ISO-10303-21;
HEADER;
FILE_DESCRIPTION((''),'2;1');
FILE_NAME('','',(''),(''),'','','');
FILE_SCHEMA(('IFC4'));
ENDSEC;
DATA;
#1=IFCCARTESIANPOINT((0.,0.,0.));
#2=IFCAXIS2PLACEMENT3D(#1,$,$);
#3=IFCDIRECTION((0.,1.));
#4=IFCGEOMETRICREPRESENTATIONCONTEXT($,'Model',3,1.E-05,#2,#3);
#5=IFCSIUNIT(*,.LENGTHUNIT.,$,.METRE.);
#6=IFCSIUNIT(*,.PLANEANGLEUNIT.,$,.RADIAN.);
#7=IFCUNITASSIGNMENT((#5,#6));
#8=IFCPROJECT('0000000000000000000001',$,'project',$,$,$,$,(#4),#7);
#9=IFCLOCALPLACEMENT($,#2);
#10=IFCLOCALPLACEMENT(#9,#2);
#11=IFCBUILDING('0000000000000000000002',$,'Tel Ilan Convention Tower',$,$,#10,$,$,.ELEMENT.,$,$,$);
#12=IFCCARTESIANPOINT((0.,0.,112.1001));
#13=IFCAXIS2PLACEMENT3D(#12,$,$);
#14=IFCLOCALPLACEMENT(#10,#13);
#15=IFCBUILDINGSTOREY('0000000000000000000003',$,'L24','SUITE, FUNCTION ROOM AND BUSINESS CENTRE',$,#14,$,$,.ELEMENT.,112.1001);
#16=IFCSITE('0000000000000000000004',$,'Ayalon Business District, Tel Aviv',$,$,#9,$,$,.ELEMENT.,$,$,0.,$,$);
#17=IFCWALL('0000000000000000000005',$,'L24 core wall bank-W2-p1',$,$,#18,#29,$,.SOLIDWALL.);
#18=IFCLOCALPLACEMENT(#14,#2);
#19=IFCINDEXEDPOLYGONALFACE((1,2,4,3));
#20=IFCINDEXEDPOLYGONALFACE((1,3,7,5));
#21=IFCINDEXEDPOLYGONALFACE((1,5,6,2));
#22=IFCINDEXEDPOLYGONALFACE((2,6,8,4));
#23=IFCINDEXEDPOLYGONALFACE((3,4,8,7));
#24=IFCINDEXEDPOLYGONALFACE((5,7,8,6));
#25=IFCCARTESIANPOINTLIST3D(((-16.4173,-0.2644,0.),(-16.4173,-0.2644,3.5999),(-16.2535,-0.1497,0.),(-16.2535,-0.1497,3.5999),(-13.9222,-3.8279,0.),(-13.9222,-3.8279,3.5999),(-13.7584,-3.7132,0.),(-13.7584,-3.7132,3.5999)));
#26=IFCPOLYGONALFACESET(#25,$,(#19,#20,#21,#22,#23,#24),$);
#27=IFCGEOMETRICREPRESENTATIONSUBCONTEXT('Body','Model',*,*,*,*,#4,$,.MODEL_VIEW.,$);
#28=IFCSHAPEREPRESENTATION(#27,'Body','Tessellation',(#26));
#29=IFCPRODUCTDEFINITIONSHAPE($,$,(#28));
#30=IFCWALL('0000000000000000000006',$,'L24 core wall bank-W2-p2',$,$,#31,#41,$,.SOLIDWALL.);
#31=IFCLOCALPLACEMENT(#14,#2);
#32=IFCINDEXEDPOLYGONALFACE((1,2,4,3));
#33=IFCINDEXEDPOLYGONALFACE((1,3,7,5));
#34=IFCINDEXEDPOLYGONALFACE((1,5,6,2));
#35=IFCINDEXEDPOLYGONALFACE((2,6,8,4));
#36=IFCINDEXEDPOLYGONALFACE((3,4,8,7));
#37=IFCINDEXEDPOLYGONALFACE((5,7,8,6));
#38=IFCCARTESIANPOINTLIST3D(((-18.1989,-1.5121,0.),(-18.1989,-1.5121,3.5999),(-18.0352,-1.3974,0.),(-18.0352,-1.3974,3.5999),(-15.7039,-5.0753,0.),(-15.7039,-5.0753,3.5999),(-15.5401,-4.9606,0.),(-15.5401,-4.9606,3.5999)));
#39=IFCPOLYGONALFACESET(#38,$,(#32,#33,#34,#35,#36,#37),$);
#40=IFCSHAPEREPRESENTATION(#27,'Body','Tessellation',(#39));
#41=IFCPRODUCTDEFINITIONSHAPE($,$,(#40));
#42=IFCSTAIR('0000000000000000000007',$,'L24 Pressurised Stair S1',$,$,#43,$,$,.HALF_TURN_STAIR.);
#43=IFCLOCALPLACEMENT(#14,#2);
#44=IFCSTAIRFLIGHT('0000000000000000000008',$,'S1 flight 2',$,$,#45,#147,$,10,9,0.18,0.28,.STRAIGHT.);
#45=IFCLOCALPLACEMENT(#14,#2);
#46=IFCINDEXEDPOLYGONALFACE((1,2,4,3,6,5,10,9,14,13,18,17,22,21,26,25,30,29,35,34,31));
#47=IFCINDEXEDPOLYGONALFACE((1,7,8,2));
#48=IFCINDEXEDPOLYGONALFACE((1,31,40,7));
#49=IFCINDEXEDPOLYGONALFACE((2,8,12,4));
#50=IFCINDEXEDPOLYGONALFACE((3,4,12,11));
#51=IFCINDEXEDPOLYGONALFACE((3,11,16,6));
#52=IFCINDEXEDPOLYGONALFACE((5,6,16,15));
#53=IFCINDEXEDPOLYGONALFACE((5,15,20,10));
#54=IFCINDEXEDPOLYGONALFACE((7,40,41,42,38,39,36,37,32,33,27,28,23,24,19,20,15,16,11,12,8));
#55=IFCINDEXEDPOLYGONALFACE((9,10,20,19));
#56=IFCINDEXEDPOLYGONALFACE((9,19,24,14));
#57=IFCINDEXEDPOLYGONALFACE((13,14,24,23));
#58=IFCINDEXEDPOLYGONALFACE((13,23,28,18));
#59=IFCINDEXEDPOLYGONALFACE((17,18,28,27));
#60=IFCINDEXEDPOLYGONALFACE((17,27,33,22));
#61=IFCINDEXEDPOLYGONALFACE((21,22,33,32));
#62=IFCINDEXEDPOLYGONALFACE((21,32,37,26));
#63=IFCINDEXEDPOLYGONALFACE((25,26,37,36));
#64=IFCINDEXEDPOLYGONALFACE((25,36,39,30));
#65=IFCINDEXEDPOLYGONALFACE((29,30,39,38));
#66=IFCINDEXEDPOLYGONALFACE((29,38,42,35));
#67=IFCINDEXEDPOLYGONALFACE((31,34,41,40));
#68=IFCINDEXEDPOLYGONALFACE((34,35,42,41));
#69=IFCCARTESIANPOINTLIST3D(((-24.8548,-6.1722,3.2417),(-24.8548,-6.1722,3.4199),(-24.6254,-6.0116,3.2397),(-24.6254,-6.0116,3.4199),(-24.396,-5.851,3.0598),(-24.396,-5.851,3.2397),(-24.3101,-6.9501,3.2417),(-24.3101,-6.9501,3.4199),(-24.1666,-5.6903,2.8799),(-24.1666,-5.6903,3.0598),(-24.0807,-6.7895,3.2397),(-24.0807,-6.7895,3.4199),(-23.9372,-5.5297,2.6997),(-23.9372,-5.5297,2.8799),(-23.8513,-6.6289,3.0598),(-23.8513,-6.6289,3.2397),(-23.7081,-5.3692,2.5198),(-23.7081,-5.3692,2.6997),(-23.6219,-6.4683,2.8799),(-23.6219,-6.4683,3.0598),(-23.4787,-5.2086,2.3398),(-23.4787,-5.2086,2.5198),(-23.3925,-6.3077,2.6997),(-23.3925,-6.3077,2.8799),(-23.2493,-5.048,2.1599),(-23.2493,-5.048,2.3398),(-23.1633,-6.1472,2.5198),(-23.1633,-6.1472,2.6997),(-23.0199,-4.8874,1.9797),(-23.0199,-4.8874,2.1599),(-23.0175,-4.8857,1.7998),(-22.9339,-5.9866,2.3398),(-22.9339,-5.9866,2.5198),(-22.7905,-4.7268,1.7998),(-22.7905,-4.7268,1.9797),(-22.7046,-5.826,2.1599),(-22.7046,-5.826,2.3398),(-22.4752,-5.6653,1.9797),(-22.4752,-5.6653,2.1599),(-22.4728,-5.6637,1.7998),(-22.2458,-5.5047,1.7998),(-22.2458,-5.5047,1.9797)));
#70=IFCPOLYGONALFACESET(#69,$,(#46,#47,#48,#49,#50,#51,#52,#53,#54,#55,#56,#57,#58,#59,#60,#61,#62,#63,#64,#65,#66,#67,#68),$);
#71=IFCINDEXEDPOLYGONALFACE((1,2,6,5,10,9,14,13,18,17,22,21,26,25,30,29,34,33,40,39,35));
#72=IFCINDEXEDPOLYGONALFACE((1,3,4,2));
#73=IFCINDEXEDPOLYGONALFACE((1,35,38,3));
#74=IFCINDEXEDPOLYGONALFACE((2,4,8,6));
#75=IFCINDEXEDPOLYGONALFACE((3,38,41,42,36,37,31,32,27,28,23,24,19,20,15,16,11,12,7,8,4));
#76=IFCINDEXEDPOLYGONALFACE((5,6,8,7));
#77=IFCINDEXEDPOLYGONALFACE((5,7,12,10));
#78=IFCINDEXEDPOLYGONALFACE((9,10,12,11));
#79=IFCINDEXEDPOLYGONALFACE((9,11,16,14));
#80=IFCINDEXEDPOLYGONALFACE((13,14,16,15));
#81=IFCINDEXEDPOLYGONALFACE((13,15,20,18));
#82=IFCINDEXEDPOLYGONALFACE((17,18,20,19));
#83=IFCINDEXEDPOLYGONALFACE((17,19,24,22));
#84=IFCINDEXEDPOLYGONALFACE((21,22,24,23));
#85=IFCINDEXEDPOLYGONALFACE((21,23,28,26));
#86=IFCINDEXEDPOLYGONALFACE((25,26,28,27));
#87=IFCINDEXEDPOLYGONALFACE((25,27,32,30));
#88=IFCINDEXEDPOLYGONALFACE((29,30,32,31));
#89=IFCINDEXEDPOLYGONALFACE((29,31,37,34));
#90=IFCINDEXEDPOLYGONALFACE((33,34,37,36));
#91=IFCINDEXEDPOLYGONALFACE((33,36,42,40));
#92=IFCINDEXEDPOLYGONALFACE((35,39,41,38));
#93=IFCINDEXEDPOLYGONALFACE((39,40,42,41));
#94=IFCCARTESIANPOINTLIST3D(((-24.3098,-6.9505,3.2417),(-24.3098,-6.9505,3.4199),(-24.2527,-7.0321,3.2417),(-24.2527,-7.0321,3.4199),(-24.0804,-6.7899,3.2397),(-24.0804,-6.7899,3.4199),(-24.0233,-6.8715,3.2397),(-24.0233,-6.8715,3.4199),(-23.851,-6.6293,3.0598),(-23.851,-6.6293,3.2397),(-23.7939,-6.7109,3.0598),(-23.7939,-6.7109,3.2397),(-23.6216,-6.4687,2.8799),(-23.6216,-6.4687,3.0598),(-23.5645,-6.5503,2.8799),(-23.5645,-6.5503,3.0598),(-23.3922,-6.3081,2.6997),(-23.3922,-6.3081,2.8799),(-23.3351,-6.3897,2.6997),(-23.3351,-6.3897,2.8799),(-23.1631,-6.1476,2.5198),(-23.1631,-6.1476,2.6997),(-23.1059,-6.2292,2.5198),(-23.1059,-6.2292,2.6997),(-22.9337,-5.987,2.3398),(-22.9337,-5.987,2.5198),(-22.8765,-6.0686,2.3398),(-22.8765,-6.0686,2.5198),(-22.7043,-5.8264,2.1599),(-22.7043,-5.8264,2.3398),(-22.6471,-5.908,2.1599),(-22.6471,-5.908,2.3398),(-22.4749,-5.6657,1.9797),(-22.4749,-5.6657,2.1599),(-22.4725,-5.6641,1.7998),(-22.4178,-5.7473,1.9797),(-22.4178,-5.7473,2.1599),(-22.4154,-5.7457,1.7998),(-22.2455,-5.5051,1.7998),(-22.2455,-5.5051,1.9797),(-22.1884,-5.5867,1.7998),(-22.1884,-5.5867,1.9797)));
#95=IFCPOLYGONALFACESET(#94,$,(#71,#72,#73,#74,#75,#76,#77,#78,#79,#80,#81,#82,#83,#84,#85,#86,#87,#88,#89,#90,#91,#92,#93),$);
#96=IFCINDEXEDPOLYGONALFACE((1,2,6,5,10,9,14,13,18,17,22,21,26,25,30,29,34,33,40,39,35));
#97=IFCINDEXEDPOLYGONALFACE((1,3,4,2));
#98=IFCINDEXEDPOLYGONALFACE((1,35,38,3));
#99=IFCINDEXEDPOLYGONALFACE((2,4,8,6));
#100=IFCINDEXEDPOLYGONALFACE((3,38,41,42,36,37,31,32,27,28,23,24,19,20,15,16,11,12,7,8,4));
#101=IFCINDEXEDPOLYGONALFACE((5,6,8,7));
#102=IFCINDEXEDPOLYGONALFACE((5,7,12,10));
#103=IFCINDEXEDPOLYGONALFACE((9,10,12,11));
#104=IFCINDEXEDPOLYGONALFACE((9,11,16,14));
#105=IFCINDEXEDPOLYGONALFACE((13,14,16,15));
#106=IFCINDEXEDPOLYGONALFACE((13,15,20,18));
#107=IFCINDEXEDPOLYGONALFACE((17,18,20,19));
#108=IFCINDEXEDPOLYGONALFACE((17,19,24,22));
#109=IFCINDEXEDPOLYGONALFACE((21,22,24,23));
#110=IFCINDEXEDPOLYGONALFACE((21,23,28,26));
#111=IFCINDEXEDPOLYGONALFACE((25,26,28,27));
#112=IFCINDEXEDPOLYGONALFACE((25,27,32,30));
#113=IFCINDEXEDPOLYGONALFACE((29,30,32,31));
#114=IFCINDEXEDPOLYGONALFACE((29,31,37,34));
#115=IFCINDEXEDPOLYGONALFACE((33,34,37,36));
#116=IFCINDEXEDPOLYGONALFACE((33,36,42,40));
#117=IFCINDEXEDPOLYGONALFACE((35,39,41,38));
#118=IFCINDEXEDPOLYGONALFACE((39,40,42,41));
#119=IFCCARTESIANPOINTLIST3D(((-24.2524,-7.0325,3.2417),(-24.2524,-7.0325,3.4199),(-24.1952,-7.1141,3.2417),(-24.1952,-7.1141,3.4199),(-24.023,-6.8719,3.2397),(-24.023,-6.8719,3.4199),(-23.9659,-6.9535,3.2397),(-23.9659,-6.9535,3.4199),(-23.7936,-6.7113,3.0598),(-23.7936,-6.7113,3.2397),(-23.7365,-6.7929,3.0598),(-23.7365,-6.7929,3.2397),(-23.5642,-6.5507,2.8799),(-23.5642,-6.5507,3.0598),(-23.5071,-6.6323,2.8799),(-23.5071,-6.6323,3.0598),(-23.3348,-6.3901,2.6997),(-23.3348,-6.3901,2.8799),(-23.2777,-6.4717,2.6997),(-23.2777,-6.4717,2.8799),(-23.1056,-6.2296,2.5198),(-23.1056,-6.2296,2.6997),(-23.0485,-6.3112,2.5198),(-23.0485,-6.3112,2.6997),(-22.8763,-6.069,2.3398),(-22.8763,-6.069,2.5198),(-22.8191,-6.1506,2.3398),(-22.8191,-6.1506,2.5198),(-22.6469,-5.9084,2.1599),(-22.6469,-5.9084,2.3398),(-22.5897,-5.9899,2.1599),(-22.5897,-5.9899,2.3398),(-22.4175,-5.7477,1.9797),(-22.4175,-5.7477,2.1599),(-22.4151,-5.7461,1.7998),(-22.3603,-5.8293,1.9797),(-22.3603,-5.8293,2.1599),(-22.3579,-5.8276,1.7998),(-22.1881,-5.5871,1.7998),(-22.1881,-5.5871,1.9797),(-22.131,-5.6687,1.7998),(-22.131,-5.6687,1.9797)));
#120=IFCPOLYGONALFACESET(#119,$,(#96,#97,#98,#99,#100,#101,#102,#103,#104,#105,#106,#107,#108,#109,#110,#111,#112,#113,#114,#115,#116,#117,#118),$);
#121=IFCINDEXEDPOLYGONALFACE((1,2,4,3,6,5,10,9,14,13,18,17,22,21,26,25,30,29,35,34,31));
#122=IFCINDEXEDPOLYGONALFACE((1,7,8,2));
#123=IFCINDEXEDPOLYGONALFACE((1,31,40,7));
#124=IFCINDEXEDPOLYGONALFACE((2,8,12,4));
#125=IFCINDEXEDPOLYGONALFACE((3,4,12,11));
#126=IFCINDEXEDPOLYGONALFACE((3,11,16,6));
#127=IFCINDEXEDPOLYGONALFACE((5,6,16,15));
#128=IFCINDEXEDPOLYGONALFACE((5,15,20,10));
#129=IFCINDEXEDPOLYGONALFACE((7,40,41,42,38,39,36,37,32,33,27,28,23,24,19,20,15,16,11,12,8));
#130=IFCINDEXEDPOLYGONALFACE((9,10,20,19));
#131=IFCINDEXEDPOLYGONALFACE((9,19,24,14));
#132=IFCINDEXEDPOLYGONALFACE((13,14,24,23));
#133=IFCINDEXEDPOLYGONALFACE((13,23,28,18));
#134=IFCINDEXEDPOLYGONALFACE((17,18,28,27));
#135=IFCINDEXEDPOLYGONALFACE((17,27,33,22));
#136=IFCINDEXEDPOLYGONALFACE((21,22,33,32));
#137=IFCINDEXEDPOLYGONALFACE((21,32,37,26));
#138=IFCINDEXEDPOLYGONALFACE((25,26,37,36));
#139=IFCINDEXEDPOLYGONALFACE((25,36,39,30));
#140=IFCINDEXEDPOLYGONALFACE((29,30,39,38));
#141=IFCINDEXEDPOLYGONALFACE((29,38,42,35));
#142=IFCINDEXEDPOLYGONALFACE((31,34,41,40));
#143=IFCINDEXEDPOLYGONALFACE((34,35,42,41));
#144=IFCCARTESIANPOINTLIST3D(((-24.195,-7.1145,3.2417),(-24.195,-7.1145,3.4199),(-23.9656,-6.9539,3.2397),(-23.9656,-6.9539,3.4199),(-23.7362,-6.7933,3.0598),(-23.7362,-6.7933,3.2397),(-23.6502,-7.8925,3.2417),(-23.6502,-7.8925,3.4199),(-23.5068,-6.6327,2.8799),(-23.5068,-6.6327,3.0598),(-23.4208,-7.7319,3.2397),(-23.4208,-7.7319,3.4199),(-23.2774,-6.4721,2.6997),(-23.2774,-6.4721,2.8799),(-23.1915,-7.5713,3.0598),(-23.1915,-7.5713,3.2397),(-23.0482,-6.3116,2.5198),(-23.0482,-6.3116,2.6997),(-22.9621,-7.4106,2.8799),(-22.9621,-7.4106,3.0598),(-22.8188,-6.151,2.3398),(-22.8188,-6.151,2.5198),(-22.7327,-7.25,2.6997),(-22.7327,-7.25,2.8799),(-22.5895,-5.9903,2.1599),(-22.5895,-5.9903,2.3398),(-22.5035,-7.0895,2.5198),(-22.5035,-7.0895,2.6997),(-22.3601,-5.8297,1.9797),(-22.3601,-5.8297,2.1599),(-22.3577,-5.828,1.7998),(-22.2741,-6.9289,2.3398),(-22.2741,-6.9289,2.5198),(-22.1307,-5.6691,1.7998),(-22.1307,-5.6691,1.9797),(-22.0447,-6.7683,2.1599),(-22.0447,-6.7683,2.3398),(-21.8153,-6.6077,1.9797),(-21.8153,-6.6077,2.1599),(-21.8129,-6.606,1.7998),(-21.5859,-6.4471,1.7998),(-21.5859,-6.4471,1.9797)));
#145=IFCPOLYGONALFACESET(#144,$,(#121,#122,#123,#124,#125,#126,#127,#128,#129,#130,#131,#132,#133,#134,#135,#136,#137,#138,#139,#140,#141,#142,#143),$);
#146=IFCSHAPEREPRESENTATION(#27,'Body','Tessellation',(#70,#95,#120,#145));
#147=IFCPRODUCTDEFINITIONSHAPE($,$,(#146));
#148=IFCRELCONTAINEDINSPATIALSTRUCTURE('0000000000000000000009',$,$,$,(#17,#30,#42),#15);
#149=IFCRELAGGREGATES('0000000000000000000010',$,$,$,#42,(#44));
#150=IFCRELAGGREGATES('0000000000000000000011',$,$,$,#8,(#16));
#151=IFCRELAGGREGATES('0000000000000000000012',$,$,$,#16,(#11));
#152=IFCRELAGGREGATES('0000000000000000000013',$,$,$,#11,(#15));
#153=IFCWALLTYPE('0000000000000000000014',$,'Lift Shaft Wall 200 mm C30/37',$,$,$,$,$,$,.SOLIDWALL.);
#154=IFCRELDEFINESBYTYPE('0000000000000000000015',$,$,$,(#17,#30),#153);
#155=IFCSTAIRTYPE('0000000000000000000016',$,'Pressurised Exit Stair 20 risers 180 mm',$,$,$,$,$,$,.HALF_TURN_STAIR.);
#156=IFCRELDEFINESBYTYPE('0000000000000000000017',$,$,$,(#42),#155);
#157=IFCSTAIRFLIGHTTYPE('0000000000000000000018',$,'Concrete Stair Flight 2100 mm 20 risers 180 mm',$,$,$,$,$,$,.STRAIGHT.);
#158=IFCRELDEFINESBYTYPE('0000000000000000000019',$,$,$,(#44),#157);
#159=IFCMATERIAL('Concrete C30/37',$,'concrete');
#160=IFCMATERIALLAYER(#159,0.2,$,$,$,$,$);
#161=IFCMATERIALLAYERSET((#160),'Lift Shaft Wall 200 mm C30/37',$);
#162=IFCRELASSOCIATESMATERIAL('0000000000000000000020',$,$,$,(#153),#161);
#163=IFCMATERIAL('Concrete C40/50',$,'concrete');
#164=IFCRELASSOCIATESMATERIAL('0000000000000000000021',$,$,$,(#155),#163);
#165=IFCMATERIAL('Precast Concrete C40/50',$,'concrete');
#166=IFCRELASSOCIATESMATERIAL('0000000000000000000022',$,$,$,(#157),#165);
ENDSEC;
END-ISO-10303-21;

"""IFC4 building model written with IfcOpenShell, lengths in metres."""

from ifc_helpers import new_model, si_unit, direction, frame, frame_2d, origin, place, context, subcontext, project, spatial, polyline, rectangle, outline, extrude, material, layer, layer_set, type_object, element, aggregate, save


model = new_model("IFC4")

# Units and contexts
model_context = context("Model", 3, precision=1e-05, world=origin(), true_north=direction((0.0, 1.0)))
body_context = subcontext(model_context, "Body", "Model", "MODEL_VIEW")
ifc_project = project(units=[si_unit("LENGTHUNIT", "METRE"), si_unit("PLANEANGLEUNIT", "RADIAN")], contexts=[model_context])

# Site, building, storey
site_placement = place(None, origin())
site = spatial("IfcSite", under=ifc_project, at=site_placement, Name="Ayalon Business District, Tel Aviv", CompositionType="ELEMENT", RefElevation=0.0)
building_placement = place(site_placement, origin())
building = spatial("IfcBuilding", under=site, at=building_placement, Name="Tel Ilan Convention Tower", CompositionType="ELEMENT")
storey_placement = place(building_placement, frame((0.0, 0.0, 112.1001)))
storey = spatial("IfcBuildingStorey", under=building, at=storey_placement, Name="L24", Description="SUITE, FUNCTION ROOM AND BUSINESS CENTRE", CompositionType="ELEMENT", Elevation=112.1001)

# Walls
ifc_material_1 = material(Name="Concrete C30/37", Category="concrete")
ifc_layer_1 = layer(ifc_material_1, 0.2)
ifc_layer_set_1 = layer_set([ifc_layer_1], Name="Lift Shaft Wall 200 mm C30/37")
wall_type_1 = type_object("IfcWallType", Name="Lift Shaft Wall 200 mm C30/37", PredefinedType="SOLIDWALL", material=ifc_layer_set_1)
wall_1_placement = place(storey_placement, frame((-13.8403, -3.7705, 0.0), z_axis=(0.0, 0.0, 1.0), x_axis=(-0.573568, 0.819158, 0.0)))
element("IfcWall", 1, at=wall_1_placement, inside=storey, type_object=wall_type_1, Name="L24 core wall bank-W2-p1", PredefinedType="SOLIDWALL", context=body_context, shape_type="SweptSolid", body=[
    extrude(rectangle(XDim=4.3501, YDim=0.2, at=frame_2d((2.175, 0.0))), origin(), (0.0, 0.0, 1.0), 3.5999),
])
wall_2_placement = place(storey_placement, frame((-15.6221, -5.0178, 0.0), z_axis=(0.0, 0.0, 1.0), x_axis=(-0.573594, 0.81914, 0.0)))
element("IfcWall", 2, at=wall_2_placement, inside=storey, type_object=wall_type_1, Name="L24 core wall bank-W2-p2", PredefinedType="SOLIDWALL", context=body_context, shape_type="SweptSolid", body=[
    extrude(rectangle(XDim=4.3499, YDim=0.2, at=frame_2d((2.1748, 0.0))), origin(), (0.0, 0.0, 1.0), 3.5999),
])

# Stair, stair flight
ifc_material_2 = material(Name="Concrete C40/50", Category="concrete")
stair_type = type_object("IfcStairType", Name="Pressurised Exit Stair 20 risers 180 mm", PredefinedType="HALF_TURN_STAIR", material=ifc_material_2)
stair_1_placement = place(storey_placement, origin())
stair_1 = element("IfcStair", 3, at=stair_1_placement, inside=storey, type_object=stair_type, Name="L24 Pressurised Stair S1", PredefinedType="HALF_TURN_STAIR")
ifc_material_3 = material(Name="Precast Concrete C40/50", Category="concrete")
stair_flight_type = type_object("IfcStairFlightType", Name="Concrete Stair Flight 2100 mm 20 risers 180 mm", PredefinedType="STRAIGHT", material=ifc_material_3)
stair_flight_1_placement = place(storey_placement, frame((-22.1882, -5.5869, 1.7998), z_axis=(0.0, 0.0, 1.0), x_axis=(-0.819152, -0.573576, 0.0)))
stair_flight_1 = element("IfcStairFlight", 4, at=stair_flight_1_placement, type_object=stair_flight_type, Name="S1 flight 2", NumberOfRisers=10, NumberOfTreads=9, PredefinedType="STRAIGHT", RiserHeight=0.18, TreadLength=0.28, context=body_context, shape_type="SweptSolid", body=[
    extrude(outline(polyline([(0.0, 0.0), (0.0, 0.1799), (0.28, 0.1799), (0.28, 0.3601), (0.5601, 0.3601), (0.5601, 0.54), (0.8401, 0.54), (0.8401, 0.72), (1.1201, 0.72), (1.1201, 0.8999), (1.3999, 0.8999), (1.3999, 1.0801), (1.6799, 1.0801), (1.6799, 1.26), (1.96, 1.26), (1.96, 1.4399), (2.24, 1.4399), (2.24, 1.6201), (2.52, 1.6201), (2.52, 1.8), (2.52, 1.4419), (0.2771, 0.0), (0.0, 0.0)])), frame((0.0, -0.1003, 0.0), z_axis=(0.0, -1.0, 0.0), x_axis=(1.0, 0.0, 0.0)), (0.0, 0.0, 1.0), 0.9497),
    extrude(outline(polyline([(0.0, 0.0), (0.0, 0.1799), (0.28, 0.1799), (0.28, 0.3601), (0.5601, 0.3601), (0.5601, 0.54), (0.8401, 0.54), (0.8401, 0.72), (1.1201, 0.72), (1.1201, 0.8999), (1.3999, 0.8999), (1.3999, 1.0801), (1.6799, 1.0801), (1.6799, 1.26), (1.96, 1.26), (1.96, 1.4399), (2.24, 1.4399), (2.24, 1.6201), (2.52, 1.6201), (2.52, 1.8), (2.52, 1.4419), (0.2771, 0.0), (0.0, 0.0)])), frame((0.0, -0.0002, 0.0), z_axis=(0.0, -1.0, 0.0), x_axis=(1.0, 0.0, 0.0)), (0.0, 0.0, 1.0), 0.0996),
    extrude(outline(polyline([(0.0, 0.0), (0.0, 0.1799), (0.28, 0.1799), (0.28, 0.3601), (0.5601, 0.3601), (0.5601, 0.54), (0.8401, 0.54), (0.8401, 0.72), (1.1201, 0.72), (1.1201, 0.8999), (1.3999, 0.8999), (1.3999, 1.0801), (1.6799, 1.0801), (1.6799, 1.26), (1.96, 1.26), (1.96, 1.4399), (2.24, 1.4399), (2.24, 1.6201), (2.52, 1.6201), (2.52, 1.8), (2.52, 1.4419), (0.2771, 0.0), (0.0, 0.0)])), frame((0.0, 0.0999, 0.0), z_axis=(0.0, -1.0, 0.0), x_axis=(1.0, 0.0, 0.0)), (0.0, 0.0, 1.0), 0.0996),
    extrude(outline(polyline([(0.0, 0.0), (0.0, 0.1799), (0.28, 0.1799), (0.28, 0.3601), (0.5601, 0.3601), (0.5601, 0.54), (0.8401, 0.54), (0.8401, 0.72), (1.1201, 0.72), (1.1201, 0.8999), (1.3999, 0.8999), (1.3999, 1.0801), (1.6799, 1.0801), (1.6799, 1.26), (1.96, 1.26), (1.96, 1.4399), (2.24, 1.4399), (2.24, 1.6201), (2.52, 1.6201), (2.52, 1.8), (2.52, 1.4419), (0.2771, 0.0), (0.0, 0.0)])), frame((0.0, 1.05, 0.0), z_axis=(0.0, -1.0, 0.0), x_axis=(1.0, 0.0, 0.0)), (0.0, 0.0, 1.0), 0.9497),
])
aggregate(stair_1, [stair_flight_1])

save(model, "model.ifc")
